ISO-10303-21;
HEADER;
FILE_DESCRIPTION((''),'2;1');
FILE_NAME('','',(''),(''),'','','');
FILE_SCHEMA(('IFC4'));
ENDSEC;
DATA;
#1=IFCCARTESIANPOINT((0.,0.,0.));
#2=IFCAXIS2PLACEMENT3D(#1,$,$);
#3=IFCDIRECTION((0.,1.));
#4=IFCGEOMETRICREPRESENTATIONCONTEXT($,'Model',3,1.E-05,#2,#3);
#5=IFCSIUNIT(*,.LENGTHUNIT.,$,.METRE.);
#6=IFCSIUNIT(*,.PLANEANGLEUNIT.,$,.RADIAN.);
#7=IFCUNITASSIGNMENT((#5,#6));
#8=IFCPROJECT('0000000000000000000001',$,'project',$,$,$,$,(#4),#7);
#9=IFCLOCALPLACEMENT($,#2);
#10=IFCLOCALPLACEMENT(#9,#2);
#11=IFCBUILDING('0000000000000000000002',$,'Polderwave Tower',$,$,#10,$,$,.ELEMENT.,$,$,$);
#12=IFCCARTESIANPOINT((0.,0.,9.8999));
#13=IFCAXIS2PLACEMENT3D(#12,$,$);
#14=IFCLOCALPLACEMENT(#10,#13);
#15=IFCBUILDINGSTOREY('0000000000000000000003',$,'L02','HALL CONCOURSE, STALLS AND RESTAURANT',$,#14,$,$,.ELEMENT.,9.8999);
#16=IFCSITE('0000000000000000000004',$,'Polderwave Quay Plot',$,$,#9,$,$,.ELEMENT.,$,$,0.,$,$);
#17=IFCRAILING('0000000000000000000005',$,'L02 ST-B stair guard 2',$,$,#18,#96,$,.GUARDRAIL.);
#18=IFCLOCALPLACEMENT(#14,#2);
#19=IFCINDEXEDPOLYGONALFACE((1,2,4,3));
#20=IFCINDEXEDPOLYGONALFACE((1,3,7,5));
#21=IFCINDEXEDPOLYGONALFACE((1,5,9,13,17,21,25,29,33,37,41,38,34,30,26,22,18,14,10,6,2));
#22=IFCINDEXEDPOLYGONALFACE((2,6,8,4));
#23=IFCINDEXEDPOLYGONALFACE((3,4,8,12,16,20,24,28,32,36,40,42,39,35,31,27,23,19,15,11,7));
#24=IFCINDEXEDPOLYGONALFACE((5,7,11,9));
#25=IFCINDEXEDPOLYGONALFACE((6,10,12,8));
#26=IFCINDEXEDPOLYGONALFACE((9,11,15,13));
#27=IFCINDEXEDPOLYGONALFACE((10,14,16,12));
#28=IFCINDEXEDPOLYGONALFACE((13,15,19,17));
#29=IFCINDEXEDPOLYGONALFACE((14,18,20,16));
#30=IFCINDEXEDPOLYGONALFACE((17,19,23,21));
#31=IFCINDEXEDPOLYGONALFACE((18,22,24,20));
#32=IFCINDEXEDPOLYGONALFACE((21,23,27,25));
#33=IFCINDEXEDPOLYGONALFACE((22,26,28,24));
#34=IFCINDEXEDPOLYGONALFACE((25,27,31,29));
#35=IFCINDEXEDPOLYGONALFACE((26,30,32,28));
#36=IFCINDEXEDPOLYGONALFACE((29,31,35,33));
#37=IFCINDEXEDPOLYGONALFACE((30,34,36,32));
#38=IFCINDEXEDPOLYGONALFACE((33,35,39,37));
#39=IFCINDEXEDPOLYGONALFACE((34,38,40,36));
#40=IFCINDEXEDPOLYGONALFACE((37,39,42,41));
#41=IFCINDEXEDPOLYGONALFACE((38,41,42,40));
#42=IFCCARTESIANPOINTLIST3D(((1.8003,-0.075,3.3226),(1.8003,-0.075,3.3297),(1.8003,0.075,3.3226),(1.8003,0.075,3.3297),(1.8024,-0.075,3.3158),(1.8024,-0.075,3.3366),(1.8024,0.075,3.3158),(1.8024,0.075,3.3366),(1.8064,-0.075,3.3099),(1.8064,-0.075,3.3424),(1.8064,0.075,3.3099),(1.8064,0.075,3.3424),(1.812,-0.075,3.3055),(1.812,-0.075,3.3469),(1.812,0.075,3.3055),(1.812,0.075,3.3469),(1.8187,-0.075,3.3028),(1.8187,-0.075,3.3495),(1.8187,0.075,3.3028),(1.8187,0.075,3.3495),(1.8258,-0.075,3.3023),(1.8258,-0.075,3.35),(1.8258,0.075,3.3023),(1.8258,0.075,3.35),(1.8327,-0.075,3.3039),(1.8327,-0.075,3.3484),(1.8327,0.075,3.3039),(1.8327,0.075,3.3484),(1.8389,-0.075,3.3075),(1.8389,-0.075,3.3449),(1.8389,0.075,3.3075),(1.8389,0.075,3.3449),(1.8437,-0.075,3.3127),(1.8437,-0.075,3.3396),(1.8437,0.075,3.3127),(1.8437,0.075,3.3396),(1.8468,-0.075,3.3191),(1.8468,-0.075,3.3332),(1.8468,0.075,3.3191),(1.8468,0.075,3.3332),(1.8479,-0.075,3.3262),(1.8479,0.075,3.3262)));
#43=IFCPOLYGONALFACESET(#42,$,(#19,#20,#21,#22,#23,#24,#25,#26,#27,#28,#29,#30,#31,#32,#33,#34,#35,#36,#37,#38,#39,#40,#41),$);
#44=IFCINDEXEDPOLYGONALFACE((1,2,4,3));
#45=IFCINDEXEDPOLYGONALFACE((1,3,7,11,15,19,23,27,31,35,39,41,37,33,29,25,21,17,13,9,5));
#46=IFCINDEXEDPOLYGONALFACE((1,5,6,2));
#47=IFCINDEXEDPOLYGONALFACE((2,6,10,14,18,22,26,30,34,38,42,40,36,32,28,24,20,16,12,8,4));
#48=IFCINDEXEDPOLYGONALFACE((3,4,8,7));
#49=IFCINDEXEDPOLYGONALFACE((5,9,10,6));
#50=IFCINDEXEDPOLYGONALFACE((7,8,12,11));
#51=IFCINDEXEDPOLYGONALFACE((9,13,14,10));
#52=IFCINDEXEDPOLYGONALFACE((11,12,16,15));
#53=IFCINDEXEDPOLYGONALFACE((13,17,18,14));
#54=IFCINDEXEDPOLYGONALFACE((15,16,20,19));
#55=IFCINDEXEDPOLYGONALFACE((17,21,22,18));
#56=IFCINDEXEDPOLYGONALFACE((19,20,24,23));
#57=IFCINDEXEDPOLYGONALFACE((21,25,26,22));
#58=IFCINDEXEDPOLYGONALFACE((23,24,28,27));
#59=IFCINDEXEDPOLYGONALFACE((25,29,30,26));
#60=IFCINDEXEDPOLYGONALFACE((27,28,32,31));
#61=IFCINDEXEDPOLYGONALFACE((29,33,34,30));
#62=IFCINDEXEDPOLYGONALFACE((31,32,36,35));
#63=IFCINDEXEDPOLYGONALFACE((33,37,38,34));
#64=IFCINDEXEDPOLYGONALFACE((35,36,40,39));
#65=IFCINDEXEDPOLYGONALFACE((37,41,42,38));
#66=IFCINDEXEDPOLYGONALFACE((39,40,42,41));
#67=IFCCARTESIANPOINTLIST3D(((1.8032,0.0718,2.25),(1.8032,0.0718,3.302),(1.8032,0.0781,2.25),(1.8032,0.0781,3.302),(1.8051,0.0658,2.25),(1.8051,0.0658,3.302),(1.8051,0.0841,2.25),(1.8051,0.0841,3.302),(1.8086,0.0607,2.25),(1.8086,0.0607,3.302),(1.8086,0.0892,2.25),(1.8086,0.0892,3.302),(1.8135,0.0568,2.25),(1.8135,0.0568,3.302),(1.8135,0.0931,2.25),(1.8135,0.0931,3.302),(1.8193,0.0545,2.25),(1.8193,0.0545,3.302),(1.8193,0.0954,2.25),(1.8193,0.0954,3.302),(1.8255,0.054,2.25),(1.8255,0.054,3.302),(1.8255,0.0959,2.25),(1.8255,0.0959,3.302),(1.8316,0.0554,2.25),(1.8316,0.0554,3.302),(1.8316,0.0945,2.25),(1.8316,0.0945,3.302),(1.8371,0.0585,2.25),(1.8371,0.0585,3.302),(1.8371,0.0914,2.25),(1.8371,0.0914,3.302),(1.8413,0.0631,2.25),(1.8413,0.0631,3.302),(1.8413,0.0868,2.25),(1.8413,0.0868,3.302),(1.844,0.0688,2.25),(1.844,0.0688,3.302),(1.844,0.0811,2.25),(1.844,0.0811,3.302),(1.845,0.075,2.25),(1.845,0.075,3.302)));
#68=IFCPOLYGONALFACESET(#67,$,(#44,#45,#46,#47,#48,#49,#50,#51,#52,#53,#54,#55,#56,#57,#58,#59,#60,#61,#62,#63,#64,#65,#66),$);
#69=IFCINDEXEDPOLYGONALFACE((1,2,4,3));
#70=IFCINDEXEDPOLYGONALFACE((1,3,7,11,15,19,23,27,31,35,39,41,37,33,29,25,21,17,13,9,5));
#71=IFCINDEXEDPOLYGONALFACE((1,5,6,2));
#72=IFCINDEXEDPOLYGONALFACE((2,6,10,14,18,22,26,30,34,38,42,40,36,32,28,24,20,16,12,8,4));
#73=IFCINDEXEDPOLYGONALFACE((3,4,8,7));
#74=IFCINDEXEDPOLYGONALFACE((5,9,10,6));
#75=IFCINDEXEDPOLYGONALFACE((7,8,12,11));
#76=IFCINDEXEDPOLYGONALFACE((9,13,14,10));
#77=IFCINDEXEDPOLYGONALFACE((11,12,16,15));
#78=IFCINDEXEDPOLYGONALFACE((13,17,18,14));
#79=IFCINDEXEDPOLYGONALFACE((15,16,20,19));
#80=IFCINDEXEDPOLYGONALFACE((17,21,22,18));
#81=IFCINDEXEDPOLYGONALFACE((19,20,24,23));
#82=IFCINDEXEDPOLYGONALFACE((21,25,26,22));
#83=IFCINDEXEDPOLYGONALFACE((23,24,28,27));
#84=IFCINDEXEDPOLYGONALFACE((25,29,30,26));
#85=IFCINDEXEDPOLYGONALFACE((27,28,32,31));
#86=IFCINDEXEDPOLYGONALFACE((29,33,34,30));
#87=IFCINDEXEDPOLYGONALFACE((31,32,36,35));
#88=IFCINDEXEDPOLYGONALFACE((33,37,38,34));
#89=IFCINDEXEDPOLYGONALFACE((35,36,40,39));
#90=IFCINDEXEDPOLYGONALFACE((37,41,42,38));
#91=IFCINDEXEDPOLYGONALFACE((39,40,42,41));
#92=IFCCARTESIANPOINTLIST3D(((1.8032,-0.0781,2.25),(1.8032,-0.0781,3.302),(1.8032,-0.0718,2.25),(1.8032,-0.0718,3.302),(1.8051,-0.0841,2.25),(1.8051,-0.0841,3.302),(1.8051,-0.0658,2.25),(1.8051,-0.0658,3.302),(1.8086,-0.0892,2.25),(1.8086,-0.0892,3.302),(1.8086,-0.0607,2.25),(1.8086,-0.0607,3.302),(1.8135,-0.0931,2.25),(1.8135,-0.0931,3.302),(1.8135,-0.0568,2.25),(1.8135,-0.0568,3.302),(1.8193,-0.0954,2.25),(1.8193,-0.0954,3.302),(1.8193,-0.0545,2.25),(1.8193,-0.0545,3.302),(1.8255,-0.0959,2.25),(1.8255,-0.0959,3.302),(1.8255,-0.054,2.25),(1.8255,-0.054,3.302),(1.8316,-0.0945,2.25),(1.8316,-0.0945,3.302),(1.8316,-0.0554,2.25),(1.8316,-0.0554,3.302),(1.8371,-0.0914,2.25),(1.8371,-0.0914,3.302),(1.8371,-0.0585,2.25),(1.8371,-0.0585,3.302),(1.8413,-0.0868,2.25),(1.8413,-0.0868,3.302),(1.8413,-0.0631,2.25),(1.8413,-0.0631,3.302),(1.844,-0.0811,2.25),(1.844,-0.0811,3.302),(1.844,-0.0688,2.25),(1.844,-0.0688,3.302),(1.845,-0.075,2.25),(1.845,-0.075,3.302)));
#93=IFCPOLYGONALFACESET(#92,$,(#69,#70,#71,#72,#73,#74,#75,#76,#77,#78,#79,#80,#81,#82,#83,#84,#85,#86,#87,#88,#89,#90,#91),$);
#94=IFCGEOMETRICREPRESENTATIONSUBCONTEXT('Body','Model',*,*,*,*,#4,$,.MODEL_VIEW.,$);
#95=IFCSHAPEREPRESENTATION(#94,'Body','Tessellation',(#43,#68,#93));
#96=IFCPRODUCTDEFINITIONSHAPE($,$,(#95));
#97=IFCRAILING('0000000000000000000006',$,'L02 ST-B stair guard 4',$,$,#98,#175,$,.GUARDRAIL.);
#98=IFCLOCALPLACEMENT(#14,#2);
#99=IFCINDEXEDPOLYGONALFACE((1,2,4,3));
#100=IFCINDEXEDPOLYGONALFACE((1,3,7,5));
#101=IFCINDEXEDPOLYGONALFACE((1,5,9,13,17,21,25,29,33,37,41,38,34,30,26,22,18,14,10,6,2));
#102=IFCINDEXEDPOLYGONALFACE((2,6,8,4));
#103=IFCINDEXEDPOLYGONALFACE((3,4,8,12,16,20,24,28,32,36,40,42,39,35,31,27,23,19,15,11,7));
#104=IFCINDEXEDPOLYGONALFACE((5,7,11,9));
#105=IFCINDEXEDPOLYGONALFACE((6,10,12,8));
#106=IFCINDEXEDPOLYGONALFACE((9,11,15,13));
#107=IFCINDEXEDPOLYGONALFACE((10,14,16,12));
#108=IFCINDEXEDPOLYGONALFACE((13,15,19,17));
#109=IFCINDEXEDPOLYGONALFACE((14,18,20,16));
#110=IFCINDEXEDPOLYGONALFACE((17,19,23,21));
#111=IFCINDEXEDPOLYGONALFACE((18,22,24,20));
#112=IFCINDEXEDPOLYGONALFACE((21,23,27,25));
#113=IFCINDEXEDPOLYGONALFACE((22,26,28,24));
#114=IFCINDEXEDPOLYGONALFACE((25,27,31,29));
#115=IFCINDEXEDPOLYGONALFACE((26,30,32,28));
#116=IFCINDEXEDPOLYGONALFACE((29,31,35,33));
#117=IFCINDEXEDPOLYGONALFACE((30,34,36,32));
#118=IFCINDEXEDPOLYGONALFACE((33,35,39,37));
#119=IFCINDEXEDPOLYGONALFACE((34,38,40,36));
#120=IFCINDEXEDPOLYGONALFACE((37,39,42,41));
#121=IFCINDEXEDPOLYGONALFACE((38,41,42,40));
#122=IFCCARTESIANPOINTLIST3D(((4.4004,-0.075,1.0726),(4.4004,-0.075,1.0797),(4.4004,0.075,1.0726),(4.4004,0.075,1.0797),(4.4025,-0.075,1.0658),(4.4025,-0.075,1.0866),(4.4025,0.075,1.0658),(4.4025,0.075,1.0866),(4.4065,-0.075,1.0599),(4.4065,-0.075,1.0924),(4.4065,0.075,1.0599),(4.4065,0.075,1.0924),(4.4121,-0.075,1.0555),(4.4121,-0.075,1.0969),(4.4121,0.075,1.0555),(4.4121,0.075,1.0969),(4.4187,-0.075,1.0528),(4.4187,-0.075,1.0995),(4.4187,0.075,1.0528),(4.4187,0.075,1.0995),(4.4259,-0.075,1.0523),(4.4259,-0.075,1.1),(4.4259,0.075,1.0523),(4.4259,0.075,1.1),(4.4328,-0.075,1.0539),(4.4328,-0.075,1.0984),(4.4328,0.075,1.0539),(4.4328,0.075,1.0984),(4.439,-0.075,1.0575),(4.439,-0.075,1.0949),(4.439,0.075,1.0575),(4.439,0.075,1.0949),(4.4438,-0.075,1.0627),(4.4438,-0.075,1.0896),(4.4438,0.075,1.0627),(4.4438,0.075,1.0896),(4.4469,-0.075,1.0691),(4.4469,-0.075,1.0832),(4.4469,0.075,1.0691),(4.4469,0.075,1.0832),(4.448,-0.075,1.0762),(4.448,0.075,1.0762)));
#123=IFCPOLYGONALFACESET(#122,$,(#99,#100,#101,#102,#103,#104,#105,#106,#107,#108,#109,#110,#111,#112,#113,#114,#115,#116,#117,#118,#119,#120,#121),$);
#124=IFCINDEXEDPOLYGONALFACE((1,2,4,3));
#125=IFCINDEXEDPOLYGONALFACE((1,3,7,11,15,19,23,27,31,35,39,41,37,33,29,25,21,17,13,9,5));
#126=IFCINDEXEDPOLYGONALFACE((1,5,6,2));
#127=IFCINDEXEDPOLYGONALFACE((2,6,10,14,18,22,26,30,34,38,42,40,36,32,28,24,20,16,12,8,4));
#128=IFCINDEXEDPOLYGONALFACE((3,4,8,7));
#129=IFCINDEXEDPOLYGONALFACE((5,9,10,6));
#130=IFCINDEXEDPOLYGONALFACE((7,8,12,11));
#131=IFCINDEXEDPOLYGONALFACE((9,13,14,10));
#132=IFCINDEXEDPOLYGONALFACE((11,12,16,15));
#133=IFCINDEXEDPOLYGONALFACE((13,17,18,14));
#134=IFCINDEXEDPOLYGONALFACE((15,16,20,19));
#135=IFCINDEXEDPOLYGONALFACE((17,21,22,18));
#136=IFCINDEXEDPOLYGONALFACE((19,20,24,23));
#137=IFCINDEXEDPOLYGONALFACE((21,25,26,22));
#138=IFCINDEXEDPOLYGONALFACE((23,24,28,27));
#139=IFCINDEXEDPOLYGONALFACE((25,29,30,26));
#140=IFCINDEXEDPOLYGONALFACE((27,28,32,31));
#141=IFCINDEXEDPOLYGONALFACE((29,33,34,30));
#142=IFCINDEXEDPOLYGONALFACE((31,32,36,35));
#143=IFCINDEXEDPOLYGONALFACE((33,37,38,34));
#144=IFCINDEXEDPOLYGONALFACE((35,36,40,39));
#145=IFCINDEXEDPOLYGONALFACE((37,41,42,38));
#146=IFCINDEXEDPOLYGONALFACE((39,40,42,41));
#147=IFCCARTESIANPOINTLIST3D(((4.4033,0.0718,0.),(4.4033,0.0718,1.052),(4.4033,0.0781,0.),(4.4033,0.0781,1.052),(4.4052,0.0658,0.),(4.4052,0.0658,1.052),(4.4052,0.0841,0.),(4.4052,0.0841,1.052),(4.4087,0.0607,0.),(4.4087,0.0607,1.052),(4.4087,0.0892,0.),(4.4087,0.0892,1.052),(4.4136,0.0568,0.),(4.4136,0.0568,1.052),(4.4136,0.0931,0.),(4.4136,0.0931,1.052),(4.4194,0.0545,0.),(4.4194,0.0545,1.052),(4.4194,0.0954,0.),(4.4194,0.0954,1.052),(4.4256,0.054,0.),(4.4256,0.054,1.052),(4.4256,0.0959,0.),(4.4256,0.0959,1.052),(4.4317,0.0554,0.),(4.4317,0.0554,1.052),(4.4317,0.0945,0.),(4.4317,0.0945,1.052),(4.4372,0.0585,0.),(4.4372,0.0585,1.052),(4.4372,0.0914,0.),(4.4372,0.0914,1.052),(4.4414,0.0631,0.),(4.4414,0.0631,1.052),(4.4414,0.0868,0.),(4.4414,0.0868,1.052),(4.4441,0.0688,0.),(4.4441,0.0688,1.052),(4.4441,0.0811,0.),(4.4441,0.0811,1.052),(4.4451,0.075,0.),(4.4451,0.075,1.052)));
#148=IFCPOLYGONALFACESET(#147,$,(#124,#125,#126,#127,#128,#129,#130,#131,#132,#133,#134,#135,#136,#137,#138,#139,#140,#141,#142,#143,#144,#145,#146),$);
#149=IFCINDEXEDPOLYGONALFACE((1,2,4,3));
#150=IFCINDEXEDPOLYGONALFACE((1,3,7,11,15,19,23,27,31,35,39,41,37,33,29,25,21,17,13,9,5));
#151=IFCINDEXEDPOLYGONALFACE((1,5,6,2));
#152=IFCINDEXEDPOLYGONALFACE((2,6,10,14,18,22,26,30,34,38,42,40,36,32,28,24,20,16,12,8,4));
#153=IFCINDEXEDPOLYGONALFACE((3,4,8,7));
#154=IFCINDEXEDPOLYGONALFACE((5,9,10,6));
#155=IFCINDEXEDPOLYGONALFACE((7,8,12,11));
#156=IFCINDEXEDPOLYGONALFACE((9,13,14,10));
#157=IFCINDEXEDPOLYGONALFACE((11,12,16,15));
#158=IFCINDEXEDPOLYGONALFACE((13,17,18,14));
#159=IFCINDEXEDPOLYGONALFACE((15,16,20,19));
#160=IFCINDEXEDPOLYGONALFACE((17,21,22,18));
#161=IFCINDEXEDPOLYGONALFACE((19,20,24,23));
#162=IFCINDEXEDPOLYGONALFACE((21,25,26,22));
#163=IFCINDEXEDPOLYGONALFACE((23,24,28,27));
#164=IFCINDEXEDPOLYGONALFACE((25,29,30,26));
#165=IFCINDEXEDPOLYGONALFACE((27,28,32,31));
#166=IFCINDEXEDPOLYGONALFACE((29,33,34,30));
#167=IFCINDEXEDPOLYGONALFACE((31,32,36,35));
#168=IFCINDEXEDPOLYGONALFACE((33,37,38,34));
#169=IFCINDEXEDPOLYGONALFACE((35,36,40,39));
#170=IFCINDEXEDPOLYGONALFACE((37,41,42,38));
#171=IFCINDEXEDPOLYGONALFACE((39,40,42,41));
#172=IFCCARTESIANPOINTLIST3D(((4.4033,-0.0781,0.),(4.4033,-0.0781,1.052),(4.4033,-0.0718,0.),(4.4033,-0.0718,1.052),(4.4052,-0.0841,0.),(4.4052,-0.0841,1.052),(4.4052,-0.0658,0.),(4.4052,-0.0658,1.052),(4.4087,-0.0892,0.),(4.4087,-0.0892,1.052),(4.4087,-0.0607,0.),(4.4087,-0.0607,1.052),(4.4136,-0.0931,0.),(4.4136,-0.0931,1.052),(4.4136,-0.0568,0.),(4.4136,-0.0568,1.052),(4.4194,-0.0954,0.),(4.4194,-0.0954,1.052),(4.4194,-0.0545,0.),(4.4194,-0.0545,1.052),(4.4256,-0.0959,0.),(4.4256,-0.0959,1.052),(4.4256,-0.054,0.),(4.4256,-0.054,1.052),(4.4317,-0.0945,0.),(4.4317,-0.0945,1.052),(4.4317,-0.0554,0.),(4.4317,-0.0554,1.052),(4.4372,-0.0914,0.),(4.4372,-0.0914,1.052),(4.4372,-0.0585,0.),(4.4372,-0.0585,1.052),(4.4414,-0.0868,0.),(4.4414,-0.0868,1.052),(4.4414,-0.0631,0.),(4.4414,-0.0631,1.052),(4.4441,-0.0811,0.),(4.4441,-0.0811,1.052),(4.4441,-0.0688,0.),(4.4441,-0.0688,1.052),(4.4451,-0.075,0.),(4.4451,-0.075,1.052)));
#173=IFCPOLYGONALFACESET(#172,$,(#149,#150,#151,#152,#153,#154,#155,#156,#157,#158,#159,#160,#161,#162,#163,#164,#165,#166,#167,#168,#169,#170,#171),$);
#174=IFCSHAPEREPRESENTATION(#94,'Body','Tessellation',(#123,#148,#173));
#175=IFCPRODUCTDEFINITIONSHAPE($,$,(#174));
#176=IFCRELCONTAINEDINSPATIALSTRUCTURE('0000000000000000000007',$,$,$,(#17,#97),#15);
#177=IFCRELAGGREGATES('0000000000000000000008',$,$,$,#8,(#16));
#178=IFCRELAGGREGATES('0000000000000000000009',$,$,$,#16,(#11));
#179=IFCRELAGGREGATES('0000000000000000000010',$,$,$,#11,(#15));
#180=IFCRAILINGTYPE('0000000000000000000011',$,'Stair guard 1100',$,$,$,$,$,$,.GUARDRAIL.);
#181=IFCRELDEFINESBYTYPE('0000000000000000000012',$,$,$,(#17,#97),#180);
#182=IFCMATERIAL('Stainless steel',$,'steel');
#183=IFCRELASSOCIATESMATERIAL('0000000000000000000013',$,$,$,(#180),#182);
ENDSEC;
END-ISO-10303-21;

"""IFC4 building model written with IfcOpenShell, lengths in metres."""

from ifc_helpers import new_model, si_unit, direction, frame, origin, origin_2d, place, context, subcontext, project, spatial, circle, extrude, material, type_object, element, save


model = new_model("IFC4")

# Units and contexts
model_context = context("Model", 3, precision=1e-05, world=origin(), true_north=direction((0.0, 1.0)))
body_context = subcontext(model_context, "Body", "Model", "MODEL_VIEW")
ifc_project = project(units=[si_unit("LENGTHUNIT", "METRE"), si_unit("PLANEANGLEUNIT", "RADIAN")], contexts=[model_context])

# Site, building, storey
site_placement = place(None, origin())
site = spatial("IfcSite", under=ifc_project, at=site_placement, Name="Polderwave Quay Plot", CompositionType="ELEMENT", RefElevation=0.0)
building_placement = place(site_placement, origin())
building = spatial("IfcBuilding", under=site, at=building_placement, Name="Polderwave Tower", CompositionType="ELEMENT")
storey_placement = place(building_placement, frame((0.0, 0.0, 9.8999)))
storey = spatial("IfcBuildingStorey", under=building, at=storey_placement, Name="L02", Description="HALL CONCOURSE, STALLS AND RESTAURANT", CompositionType="ELEMENT", Elevation=9.8999)

# Railings
ifc_material_1 = material(Name="Stainless steel", Category="steel")
railing_type_1 = type_object("IfcRailingType", Name="Stair guard 1100", PredefinedType="GUARDRAIL", material=ifc_material_1)
for number, where, name in (
    (1, (1.824, 0.075, 2.25), "L02 ST-B stair guard 2"),
    (2, (4.4241, 0.075, 0.0), "L02 ST-B stair guard 4"),
):
    element("IfcRailing", number, at=place(storey_placement, frame(where)), inside=storey, type_object=railing_type_1, Name=name, PredefinedType="GUARDRAIL", context=body_context, shape_type="SweptSolid", body=[
        extrude(circle(Radius=0.0239, at=origin_2d()), frame((0.0, 0.0, 1.0762), z_axis=(0.0, -1.0, 0.0), x_axis=(1.0, 0.0, 0.0)), (0.0, 0.0, 1.0), 0.1499),
        extrude(circle(Radius=0.021, at=origin_2d()), origin(), (0.0, 0.0, 1.0), 1.052),
        extrude(circle(Radius=0.021, at=origin_2d()), frame((0.0, -0.1499, 0.0)), (0.0, 0.0, 1.0), 1.052),
    ])

save(model, "model.ifc")
